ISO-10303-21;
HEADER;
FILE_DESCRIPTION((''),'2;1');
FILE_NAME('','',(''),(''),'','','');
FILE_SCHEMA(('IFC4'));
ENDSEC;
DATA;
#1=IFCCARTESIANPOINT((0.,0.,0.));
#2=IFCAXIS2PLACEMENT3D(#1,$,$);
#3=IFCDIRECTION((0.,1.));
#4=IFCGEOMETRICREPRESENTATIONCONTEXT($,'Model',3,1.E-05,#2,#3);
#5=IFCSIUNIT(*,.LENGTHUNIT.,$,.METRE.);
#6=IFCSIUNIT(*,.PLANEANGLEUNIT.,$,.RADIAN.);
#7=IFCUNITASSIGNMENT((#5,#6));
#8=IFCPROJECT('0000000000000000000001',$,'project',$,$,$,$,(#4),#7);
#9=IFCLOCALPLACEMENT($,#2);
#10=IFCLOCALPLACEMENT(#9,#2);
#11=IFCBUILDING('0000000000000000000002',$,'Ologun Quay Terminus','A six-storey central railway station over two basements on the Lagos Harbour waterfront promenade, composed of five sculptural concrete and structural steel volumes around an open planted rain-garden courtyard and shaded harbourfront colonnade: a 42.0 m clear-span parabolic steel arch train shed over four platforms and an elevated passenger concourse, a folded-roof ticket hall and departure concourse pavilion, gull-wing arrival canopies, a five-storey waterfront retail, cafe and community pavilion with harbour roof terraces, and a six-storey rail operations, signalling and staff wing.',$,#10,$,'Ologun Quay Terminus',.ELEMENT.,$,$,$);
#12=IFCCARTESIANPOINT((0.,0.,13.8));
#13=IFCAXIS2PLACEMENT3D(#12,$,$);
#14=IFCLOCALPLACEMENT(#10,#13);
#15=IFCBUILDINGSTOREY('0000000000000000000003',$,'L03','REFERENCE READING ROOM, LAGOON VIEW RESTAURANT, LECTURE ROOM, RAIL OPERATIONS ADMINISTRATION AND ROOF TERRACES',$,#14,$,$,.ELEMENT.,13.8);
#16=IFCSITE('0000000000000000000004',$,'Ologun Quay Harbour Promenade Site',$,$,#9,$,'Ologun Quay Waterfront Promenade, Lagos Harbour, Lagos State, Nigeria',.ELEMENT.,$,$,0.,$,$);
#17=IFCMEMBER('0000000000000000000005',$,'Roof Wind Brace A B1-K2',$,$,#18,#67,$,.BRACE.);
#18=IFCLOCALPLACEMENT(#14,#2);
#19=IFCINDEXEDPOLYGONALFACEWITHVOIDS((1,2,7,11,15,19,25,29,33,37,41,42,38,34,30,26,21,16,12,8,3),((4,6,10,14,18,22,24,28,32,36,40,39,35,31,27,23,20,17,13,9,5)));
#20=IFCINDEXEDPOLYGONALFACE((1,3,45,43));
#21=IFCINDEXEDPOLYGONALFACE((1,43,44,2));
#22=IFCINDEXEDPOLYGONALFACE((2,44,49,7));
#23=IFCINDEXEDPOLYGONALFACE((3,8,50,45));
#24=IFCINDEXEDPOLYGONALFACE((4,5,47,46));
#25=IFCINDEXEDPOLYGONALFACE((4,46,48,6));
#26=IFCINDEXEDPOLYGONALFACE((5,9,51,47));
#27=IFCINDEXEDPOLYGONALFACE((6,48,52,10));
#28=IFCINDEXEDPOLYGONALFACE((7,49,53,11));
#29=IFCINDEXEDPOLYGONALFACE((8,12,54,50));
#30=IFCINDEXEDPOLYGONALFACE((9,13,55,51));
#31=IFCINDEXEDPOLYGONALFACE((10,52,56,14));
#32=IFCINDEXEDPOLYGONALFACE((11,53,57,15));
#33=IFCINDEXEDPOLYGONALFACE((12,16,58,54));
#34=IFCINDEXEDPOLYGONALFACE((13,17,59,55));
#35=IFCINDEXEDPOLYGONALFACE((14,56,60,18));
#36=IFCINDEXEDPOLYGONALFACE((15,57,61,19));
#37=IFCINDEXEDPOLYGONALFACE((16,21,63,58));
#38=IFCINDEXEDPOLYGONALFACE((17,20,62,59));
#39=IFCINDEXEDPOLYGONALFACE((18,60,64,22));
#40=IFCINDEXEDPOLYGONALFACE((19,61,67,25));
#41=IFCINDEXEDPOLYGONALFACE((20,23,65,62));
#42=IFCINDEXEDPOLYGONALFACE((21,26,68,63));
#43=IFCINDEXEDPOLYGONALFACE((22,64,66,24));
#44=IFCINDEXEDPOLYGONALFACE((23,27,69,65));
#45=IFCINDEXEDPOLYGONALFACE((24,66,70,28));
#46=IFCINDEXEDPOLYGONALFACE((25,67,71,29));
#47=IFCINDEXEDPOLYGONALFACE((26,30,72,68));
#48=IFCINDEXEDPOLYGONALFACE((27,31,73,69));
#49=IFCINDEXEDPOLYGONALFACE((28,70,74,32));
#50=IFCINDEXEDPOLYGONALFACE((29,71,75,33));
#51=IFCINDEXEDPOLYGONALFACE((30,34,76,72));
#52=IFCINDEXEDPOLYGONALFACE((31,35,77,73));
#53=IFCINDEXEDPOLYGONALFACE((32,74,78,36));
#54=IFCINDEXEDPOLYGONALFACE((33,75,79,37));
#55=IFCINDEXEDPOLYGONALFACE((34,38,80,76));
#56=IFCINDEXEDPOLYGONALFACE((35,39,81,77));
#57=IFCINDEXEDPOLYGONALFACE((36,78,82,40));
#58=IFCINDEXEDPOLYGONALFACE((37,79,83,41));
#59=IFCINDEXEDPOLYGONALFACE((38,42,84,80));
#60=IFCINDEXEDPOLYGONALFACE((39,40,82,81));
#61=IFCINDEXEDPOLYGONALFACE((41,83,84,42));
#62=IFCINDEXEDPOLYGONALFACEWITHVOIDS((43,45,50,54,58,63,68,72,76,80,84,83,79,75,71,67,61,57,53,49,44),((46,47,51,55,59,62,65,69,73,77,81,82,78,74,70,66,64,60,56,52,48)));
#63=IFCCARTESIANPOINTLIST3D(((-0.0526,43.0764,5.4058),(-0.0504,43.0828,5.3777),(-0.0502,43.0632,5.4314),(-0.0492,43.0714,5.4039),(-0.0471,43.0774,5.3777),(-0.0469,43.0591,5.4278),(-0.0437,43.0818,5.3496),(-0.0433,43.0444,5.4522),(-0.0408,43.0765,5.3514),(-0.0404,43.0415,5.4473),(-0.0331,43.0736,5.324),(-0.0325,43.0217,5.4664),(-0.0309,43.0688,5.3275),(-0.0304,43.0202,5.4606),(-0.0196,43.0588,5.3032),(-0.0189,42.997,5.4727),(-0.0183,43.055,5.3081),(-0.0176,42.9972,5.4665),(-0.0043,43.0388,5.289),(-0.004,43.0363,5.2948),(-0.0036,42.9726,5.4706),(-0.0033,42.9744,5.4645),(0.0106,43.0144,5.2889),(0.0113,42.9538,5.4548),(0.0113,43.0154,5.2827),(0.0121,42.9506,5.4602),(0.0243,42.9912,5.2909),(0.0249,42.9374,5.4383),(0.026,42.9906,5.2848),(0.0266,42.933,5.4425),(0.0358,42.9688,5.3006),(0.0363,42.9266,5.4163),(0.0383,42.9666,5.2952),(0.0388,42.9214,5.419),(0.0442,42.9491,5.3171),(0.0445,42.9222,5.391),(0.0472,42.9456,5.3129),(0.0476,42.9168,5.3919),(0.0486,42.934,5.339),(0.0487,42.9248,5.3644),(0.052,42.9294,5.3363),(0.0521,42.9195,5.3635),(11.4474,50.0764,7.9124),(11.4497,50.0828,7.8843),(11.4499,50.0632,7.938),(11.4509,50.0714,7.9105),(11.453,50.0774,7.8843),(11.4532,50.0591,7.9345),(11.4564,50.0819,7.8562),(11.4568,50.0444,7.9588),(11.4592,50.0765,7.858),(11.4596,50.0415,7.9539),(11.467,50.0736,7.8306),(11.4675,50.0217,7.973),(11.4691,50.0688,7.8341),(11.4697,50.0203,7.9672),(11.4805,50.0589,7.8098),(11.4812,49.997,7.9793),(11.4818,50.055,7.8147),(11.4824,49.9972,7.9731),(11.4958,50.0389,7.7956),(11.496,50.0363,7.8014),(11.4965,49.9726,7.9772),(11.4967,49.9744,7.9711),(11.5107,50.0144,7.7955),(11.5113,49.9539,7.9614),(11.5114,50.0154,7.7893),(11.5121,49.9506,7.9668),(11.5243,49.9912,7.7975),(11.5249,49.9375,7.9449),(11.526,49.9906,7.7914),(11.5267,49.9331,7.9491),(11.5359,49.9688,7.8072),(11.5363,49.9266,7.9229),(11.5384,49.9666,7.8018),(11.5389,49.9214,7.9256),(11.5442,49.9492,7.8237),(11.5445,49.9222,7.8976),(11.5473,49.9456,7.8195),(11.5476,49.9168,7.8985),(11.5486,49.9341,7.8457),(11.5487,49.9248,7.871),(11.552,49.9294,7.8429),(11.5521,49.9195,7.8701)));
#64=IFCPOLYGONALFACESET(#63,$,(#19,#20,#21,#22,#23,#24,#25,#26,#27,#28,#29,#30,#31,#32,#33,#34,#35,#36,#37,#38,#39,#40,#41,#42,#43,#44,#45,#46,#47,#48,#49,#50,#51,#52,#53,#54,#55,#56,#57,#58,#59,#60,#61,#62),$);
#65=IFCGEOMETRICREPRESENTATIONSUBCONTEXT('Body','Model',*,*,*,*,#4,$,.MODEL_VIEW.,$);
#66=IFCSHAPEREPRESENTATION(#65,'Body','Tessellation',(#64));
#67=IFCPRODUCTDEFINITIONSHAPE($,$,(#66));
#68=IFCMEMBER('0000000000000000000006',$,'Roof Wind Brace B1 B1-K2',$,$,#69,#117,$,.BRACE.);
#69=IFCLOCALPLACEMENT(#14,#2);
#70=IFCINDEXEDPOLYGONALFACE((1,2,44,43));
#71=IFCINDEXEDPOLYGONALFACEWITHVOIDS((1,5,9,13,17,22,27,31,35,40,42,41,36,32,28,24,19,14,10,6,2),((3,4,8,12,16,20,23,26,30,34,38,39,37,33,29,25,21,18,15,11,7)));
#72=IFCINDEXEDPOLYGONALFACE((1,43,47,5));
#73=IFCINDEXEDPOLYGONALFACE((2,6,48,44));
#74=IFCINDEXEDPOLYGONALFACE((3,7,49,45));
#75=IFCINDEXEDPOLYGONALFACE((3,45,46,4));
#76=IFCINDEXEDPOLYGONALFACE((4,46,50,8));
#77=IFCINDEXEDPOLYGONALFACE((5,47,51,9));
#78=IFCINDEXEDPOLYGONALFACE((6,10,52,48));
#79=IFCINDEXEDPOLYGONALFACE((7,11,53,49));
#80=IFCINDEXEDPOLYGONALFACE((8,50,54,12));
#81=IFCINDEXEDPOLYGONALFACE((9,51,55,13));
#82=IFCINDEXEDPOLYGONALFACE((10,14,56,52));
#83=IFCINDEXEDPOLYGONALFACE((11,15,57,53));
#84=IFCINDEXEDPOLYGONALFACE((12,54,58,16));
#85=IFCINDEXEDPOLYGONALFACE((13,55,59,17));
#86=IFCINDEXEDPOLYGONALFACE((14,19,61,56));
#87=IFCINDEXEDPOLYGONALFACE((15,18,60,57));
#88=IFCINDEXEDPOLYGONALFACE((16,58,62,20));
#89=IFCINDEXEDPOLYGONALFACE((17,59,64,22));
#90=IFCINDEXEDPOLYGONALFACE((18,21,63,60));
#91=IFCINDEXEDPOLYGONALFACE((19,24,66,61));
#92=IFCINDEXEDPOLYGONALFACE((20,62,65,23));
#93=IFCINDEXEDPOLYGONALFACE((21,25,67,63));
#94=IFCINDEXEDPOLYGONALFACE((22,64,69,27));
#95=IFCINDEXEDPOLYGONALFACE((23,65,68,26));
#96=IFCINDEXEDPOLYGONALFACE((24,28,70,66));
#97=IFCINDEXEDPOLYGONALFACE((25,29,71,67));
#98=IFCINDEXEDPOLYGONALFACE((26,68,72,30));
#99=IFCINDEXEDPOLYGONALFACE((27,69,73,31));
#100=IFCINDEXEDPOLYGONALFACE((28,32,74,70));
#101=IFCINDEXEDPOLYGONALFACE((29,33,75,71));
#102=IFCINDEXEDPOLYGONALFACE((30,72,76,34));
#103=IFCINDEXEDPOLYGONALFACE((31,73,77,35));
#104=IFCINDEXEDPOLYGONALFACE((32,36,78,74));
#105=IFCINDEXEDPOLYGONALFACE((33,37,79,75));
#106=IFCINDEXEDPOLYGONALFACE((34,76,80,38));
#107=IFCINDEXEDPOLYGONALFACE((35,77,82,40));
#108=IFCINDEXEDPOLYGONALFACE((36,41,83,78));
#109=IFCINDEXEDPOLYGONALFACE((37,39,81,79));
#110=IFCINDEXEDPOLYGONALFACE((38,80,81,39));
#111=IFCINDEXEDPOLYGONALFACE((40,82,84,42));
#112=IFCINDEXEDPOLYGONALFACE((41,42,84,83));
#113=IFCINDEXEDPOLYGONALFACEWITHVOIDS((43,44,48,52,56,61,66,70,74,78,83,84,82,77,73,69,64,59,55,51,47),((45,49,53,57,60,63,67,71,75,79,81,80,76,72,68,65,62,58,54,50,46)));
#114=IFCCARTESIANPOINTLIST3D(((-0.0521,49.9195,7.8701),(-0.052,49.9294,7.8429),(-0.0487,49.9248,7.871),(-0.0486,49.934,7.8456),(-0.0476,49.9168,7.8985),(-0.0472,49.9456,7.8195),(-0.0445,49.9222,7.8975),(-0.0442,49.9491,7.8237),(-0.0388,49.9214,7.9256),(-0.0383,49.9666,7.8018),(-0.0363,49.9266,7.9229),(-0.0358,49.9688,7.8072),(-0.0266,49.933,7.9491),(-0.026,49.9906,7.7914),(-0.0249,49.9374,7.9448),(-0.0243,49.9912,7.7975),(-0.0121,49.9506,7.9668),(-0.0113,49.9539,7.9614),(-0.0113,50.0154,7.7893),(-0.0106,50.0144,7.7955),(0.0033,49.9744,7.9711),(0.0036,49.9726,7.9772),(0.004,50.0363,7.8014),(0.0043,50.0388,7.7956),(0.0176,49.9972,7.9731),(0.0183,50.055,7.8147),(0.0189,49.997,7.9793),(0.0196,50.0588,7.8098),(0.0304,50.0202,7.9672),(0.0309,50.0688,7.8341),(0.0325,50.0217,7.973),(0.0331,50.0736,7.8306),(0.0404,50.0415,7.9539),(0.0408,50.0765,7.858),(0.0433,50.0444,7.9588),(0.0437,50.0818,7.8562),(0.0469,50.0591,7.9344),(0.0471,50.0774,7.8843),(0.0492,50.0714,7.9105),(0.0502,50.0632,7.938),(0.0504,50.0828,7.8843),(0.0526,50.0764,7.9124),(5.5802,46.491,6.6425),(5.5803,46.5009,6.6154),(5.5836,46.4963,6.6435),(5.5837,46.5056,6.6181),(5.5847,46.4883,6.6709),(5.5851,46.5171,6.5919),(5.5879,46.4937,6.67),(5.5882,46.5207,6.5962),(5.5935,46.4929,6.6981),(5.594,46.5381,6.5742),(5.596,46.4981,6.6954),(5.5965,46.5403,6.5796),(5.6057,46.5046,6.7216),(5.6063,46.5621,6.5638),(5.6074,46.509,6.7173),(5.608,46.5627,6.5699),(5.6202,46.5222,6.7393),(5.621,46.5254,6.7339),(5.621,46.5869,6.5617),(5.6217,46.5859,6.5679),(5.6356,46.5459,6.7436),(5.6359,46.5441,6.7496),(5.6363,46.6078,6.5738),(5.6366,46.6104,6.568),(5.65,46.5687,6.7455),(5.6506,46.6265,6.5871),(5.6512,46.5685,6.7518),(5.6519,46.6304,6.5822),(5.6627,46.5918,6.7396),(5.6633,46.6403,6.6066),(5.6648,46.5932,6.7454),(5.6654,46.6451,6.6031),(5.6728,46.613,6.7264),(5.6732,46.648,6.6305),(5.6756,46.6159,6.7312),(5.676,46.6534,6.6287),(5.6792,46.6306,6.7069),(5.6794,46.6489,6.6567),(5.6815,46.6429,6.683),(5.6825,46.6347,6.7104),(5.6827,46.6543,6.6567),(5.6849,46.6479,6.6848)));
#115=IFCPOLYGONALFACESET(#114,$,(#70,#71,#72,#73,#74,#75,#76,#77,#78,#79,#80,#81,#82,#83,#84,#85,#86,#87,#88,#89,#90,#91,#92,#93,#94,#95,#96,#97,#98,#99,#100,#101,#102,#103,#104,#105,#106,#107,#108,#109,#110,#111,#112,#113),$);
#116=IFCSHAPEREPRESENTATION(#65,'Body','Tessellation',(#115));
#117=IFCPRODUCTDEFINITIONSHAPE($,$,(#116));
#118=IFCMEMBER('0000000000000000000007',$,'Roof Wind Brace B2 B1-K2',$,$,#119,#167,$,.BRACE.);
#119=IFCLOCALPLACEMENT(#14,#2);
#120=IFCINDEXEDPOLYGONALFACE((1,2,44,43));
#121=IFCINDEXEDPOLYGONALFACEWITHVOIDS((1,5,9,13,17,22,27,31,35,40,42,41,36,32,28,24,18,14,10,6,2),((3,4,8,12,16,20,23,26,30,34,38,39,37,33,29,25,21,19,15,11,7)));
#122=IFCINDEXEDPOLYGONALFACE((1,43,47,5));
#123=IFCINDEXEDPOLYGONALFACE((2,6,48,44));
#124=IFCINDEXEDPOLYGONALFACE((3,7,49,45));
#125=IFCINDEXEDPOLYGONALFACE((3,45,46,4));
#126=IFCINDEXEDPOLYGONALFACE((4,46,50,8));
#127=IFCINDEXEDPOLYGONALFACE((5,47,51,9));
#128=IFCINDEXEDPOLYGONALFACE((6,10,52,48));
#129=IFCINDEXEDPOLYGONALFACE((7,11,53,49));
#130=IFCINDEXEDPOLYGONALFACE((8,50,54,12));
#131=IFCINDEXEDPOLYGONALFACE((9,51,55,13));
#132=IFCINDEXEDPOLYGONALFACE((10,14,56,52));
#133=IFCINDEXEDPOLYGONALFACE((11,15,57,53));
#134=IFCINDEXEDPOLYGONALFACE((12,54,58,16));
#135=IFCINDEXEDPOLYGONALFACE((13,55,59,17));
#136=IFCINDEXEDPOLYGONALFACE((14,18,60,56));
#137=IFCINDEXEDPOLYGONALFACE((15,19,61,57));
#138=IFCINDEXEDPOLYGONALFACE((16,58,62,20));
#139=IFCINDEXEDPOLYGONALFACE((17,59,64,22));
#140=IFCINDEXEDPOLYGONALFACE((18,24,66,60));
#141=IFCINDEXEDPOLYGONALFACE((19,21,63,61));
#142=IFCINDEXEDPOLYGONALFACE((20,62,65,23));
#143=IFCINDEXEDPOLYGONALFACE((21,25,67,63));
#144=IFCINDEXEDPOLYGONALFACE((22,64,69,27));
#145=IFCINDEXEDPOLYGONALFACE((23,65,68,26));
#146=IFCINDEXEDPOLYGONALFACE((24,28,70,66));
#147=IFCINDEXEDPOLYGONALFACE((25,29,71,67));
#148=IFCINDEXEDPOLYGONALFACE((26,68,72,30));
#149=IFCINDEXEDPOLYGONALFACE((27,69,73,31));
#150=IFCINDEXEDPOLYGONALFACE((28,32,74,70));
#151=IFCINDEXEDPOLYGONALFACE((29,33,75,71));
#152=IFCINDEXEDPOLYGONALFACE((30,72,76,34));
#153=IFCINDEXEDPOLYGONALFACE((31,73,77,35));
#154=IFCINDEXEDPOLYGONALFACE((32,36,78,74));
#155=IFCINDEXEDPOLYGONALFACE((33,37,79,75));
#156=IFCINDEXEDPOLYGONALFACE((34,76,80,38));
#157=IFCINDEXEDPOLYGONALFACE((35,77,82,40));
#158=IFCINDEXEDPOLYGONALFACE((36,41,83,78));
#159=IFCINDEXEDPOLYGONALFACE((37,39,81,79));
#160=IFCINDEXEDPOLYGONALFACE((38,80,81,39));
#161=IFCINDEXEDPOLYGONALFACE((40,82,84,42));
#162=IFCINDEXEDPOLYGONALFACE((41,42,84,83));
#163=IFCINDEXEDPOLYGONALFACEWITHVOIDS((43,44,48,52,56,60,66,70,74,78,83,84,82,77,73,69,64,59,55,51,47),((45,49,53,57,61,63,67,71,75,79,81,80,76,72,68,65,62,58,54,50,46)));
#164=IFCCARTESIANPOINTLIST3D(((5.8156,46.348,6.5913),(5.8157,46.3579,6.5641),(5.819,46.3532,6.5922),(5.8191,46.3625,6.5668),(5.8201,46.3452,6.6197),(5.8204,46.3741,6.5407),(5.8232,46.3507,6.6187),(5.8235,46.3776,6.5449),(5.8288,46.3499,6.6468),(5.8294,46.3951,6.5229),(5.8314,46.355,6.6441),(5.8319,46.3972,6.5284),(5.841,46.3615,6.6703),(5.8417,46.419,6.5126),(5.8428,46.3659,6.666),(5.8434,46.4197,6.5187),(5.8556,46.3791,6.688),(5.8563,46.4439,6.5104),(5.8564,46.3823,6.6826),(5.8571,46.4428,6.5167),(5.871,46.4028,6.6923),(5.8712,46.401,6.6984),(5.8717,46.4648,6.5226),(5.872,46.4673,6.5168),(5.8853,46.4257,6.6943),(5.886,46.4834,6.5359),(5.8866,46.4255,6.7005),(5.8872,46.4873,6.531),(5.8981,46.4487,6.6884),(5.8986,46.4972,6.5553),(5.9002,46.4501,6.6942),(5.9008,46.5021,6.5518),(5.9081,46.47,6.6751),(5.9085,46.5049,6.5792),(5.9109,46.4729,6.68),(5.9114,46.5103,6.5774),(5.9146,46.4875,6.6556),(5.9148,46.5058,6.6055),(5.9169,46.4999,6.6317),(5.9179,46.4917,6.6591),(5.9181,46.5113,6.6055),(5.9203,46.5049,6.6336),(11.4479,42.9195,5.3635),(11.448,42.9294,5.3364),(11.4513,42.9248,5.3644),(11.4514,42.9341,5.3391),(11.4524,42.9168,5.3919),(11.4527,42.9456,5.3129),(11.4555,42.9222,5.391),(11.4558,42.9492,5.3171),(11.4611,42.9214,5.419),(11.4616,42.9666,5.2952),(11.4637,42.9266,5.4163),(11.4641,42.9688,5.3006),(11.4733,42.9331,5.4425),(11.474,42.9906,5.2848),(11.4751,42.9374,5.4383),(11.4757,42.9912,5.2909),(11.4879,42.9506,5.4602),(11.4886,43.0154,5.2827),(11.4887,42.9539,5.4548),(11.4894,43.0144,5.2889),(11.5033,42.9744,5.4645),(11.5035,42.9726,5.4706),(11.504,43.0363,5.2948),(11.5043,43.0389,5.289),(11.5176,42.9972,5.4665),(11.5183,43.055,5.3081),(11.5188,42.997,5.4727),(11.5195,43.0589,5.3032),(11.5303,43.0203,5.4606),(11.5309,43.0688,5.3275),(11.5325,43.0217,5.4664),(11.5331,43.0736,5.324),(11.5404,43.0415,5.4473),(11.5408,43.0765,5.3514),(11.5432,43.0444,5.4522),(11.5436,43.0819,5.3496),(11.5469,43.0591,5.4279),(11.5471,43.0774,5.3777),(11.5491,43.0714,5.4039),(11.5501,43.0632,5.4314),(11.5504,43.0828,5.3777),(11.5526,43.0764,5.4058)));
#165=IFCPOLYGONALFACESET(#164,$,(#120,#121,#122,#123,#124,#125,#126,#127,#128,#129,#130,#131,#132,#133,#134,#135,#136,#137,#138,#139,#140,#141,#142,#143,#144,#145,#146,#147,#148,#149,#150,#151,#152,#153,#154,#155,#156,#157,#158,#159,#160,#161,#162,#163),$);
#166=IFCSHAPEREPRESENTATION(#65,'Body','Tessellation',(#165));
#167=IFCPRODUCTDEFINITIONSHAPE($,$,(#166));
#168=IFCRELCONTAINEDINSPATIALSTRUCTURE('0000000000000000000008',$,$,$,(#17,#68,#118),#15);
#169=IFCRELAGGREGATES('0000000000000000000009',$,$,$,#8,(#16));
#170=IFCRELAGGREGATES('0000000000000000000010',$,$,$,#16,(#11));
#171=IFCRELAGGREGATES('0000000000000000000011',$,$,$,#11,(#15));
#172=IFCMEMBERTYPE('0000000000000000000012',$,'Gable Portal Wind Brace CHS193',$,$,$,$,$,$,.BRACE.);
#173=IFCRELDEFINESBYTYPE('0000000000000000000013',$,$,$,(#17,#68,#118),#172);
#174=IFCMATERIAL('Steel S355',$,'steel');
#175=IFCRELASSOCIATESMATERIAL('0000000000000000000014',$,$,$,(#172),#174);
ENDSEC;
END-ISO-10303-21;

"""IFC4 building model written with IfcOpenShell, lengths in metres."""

from ifc_helpers import new_model, si_unit, direction, frame, origin, origin_2d, place, context, subcontext, project, spatial, hollow_circle, extrude, material, material_profile, profile_set, type_object, element, save


model = new_model("IFC4")

# Units and contexts
model_context = context("Model", 3, precision=1e-05, world=origin(), true_north=direction((0.0, 1.0)))
body_context = subcontext(model_context, "Body", "Model", "MODEL_VIEW")
ifc_project = project(units=[si_unit("LENGTHUNIT", "METRE"), si_unit("PLANEANGLEUNIT", "RADIAN")], contexts=[model_context])

# Site, building, storey
site_placement = place(None, origin())
site = spatial("IfcSite", under=ifc_project, at=site_placement, Name="Ologun Quay Harbour Promenade Site", LongName="Ologun Quay Waterfront Promenade, Lagos Harbour, Lagos State, Nigeria", CompositionType="ELEMENT", RefElevation=0.0)
building_placement = place(site_placement, origin())
building = spatial("IfcBuilding", under=site, at=building_placement, Name="Ologun Quay Terminus", Description="A six-storey central railway station over two basements on the Lagos Harbour waterfront promenade, composed of five sculptural concrete and structural steel volumes around an open planted rain-garden courtyard and shaded harbourfront colonnade: a 42.0 m clear-span parabolic steel arch train shed over four platforms and an elevated passenger concourse, a folded-roof ticket hall and departure concourse pavilion, gull-wing arrival canopies, a five-storey waterfront retail, cafe and community pavilion with harbour roof terraces, and a six-storey rail operations, signalling and staff wing.", LongName="Ologun Quay Terminus", CompositionType="ELEMENT")
storey_placement = place(building_placement, frame((0.0, 0.0, 13.8)))
storey = spatial("IfcBuildingStorey", under=building, at=storey_placement, Name="L03", Description="REFERENCE READING ROOM, LAGOON VIEW RESTAURANT, LECTURE ROOM, RAIL OPERATIONS ADMINISTRATION AND ROOF TERRACES", CompositionType="ELEMENT", Elevation=13.8)

# Members
ifc_material_1 = material(Name="Steel S355", Category="steel")
ifc_material_profile_1 = material_profile(ifc_material_1, hollow_circle(Radius=0.0969, WallThickness=0.0063, at=origin_2d()), Name="CHS 193.7x6.3")
ifc_profile_set_1 = profile_set([ifc_material_profile_1], Name="Steel S355")
member_type_1 = type_object("IfcMemberType", Name="Gable Portal Wind Brace CHS193", PredefinedType="BRACE", material=ifc_profile_set_1)
member_1_placement = place(storey_placement, frame((0.0, 43.0, 5.3777), z_axis=(0.839767, 0.511163, 0.183039), x_axis=(-0.519947, 0.854199, 0.0)))
element("IfcMember", 1, at=member_1_placement, inside=storey, type_object=member_type_1, Name="Roof Wind Brace A B1-K2", PredefinedType="BRACE", context=body_context, shape_type="SweptSolid", body=[
    extrude(hollow_circle(Radius=0.0969, WallThickness=0.0063, at=origin_2d()), origin(), (0.0, 0.0, 1.0), 13.6943),
])
for number, where, z_axis, x_axis, name in (
    (2, (0.0, 50.0, 7.8843), (0.839764, -0.511175, -0.183023), (0.519958, 0.854192, 0.0), "Roof Wind Brace B1 B1-K2"),
    (3, (5.8677, 46.4285, 6.6055), (0.839758, -0.511171, -0.183058), (0.519958, 0.854192, 0.0), "Roof Wind Brace B2 B1-K2"),
):
    element("IfcMember", number, at=place(storey_placement, frame(where, z_axis=z_axis, x_axis=x_axis)), inside=storey, type_object=member_type_1, Name=name, PredefinedType="BRACE", context=body_context, shape_type="SweptSolid", body=[
        extrude(hollow_circle(Radius=0.0969, WallThickness=0.0063, at=origin_2d()), origin(), (0.0, 0.0, 1.0), 6.707),
    ])

save(model, "model.ifc")
